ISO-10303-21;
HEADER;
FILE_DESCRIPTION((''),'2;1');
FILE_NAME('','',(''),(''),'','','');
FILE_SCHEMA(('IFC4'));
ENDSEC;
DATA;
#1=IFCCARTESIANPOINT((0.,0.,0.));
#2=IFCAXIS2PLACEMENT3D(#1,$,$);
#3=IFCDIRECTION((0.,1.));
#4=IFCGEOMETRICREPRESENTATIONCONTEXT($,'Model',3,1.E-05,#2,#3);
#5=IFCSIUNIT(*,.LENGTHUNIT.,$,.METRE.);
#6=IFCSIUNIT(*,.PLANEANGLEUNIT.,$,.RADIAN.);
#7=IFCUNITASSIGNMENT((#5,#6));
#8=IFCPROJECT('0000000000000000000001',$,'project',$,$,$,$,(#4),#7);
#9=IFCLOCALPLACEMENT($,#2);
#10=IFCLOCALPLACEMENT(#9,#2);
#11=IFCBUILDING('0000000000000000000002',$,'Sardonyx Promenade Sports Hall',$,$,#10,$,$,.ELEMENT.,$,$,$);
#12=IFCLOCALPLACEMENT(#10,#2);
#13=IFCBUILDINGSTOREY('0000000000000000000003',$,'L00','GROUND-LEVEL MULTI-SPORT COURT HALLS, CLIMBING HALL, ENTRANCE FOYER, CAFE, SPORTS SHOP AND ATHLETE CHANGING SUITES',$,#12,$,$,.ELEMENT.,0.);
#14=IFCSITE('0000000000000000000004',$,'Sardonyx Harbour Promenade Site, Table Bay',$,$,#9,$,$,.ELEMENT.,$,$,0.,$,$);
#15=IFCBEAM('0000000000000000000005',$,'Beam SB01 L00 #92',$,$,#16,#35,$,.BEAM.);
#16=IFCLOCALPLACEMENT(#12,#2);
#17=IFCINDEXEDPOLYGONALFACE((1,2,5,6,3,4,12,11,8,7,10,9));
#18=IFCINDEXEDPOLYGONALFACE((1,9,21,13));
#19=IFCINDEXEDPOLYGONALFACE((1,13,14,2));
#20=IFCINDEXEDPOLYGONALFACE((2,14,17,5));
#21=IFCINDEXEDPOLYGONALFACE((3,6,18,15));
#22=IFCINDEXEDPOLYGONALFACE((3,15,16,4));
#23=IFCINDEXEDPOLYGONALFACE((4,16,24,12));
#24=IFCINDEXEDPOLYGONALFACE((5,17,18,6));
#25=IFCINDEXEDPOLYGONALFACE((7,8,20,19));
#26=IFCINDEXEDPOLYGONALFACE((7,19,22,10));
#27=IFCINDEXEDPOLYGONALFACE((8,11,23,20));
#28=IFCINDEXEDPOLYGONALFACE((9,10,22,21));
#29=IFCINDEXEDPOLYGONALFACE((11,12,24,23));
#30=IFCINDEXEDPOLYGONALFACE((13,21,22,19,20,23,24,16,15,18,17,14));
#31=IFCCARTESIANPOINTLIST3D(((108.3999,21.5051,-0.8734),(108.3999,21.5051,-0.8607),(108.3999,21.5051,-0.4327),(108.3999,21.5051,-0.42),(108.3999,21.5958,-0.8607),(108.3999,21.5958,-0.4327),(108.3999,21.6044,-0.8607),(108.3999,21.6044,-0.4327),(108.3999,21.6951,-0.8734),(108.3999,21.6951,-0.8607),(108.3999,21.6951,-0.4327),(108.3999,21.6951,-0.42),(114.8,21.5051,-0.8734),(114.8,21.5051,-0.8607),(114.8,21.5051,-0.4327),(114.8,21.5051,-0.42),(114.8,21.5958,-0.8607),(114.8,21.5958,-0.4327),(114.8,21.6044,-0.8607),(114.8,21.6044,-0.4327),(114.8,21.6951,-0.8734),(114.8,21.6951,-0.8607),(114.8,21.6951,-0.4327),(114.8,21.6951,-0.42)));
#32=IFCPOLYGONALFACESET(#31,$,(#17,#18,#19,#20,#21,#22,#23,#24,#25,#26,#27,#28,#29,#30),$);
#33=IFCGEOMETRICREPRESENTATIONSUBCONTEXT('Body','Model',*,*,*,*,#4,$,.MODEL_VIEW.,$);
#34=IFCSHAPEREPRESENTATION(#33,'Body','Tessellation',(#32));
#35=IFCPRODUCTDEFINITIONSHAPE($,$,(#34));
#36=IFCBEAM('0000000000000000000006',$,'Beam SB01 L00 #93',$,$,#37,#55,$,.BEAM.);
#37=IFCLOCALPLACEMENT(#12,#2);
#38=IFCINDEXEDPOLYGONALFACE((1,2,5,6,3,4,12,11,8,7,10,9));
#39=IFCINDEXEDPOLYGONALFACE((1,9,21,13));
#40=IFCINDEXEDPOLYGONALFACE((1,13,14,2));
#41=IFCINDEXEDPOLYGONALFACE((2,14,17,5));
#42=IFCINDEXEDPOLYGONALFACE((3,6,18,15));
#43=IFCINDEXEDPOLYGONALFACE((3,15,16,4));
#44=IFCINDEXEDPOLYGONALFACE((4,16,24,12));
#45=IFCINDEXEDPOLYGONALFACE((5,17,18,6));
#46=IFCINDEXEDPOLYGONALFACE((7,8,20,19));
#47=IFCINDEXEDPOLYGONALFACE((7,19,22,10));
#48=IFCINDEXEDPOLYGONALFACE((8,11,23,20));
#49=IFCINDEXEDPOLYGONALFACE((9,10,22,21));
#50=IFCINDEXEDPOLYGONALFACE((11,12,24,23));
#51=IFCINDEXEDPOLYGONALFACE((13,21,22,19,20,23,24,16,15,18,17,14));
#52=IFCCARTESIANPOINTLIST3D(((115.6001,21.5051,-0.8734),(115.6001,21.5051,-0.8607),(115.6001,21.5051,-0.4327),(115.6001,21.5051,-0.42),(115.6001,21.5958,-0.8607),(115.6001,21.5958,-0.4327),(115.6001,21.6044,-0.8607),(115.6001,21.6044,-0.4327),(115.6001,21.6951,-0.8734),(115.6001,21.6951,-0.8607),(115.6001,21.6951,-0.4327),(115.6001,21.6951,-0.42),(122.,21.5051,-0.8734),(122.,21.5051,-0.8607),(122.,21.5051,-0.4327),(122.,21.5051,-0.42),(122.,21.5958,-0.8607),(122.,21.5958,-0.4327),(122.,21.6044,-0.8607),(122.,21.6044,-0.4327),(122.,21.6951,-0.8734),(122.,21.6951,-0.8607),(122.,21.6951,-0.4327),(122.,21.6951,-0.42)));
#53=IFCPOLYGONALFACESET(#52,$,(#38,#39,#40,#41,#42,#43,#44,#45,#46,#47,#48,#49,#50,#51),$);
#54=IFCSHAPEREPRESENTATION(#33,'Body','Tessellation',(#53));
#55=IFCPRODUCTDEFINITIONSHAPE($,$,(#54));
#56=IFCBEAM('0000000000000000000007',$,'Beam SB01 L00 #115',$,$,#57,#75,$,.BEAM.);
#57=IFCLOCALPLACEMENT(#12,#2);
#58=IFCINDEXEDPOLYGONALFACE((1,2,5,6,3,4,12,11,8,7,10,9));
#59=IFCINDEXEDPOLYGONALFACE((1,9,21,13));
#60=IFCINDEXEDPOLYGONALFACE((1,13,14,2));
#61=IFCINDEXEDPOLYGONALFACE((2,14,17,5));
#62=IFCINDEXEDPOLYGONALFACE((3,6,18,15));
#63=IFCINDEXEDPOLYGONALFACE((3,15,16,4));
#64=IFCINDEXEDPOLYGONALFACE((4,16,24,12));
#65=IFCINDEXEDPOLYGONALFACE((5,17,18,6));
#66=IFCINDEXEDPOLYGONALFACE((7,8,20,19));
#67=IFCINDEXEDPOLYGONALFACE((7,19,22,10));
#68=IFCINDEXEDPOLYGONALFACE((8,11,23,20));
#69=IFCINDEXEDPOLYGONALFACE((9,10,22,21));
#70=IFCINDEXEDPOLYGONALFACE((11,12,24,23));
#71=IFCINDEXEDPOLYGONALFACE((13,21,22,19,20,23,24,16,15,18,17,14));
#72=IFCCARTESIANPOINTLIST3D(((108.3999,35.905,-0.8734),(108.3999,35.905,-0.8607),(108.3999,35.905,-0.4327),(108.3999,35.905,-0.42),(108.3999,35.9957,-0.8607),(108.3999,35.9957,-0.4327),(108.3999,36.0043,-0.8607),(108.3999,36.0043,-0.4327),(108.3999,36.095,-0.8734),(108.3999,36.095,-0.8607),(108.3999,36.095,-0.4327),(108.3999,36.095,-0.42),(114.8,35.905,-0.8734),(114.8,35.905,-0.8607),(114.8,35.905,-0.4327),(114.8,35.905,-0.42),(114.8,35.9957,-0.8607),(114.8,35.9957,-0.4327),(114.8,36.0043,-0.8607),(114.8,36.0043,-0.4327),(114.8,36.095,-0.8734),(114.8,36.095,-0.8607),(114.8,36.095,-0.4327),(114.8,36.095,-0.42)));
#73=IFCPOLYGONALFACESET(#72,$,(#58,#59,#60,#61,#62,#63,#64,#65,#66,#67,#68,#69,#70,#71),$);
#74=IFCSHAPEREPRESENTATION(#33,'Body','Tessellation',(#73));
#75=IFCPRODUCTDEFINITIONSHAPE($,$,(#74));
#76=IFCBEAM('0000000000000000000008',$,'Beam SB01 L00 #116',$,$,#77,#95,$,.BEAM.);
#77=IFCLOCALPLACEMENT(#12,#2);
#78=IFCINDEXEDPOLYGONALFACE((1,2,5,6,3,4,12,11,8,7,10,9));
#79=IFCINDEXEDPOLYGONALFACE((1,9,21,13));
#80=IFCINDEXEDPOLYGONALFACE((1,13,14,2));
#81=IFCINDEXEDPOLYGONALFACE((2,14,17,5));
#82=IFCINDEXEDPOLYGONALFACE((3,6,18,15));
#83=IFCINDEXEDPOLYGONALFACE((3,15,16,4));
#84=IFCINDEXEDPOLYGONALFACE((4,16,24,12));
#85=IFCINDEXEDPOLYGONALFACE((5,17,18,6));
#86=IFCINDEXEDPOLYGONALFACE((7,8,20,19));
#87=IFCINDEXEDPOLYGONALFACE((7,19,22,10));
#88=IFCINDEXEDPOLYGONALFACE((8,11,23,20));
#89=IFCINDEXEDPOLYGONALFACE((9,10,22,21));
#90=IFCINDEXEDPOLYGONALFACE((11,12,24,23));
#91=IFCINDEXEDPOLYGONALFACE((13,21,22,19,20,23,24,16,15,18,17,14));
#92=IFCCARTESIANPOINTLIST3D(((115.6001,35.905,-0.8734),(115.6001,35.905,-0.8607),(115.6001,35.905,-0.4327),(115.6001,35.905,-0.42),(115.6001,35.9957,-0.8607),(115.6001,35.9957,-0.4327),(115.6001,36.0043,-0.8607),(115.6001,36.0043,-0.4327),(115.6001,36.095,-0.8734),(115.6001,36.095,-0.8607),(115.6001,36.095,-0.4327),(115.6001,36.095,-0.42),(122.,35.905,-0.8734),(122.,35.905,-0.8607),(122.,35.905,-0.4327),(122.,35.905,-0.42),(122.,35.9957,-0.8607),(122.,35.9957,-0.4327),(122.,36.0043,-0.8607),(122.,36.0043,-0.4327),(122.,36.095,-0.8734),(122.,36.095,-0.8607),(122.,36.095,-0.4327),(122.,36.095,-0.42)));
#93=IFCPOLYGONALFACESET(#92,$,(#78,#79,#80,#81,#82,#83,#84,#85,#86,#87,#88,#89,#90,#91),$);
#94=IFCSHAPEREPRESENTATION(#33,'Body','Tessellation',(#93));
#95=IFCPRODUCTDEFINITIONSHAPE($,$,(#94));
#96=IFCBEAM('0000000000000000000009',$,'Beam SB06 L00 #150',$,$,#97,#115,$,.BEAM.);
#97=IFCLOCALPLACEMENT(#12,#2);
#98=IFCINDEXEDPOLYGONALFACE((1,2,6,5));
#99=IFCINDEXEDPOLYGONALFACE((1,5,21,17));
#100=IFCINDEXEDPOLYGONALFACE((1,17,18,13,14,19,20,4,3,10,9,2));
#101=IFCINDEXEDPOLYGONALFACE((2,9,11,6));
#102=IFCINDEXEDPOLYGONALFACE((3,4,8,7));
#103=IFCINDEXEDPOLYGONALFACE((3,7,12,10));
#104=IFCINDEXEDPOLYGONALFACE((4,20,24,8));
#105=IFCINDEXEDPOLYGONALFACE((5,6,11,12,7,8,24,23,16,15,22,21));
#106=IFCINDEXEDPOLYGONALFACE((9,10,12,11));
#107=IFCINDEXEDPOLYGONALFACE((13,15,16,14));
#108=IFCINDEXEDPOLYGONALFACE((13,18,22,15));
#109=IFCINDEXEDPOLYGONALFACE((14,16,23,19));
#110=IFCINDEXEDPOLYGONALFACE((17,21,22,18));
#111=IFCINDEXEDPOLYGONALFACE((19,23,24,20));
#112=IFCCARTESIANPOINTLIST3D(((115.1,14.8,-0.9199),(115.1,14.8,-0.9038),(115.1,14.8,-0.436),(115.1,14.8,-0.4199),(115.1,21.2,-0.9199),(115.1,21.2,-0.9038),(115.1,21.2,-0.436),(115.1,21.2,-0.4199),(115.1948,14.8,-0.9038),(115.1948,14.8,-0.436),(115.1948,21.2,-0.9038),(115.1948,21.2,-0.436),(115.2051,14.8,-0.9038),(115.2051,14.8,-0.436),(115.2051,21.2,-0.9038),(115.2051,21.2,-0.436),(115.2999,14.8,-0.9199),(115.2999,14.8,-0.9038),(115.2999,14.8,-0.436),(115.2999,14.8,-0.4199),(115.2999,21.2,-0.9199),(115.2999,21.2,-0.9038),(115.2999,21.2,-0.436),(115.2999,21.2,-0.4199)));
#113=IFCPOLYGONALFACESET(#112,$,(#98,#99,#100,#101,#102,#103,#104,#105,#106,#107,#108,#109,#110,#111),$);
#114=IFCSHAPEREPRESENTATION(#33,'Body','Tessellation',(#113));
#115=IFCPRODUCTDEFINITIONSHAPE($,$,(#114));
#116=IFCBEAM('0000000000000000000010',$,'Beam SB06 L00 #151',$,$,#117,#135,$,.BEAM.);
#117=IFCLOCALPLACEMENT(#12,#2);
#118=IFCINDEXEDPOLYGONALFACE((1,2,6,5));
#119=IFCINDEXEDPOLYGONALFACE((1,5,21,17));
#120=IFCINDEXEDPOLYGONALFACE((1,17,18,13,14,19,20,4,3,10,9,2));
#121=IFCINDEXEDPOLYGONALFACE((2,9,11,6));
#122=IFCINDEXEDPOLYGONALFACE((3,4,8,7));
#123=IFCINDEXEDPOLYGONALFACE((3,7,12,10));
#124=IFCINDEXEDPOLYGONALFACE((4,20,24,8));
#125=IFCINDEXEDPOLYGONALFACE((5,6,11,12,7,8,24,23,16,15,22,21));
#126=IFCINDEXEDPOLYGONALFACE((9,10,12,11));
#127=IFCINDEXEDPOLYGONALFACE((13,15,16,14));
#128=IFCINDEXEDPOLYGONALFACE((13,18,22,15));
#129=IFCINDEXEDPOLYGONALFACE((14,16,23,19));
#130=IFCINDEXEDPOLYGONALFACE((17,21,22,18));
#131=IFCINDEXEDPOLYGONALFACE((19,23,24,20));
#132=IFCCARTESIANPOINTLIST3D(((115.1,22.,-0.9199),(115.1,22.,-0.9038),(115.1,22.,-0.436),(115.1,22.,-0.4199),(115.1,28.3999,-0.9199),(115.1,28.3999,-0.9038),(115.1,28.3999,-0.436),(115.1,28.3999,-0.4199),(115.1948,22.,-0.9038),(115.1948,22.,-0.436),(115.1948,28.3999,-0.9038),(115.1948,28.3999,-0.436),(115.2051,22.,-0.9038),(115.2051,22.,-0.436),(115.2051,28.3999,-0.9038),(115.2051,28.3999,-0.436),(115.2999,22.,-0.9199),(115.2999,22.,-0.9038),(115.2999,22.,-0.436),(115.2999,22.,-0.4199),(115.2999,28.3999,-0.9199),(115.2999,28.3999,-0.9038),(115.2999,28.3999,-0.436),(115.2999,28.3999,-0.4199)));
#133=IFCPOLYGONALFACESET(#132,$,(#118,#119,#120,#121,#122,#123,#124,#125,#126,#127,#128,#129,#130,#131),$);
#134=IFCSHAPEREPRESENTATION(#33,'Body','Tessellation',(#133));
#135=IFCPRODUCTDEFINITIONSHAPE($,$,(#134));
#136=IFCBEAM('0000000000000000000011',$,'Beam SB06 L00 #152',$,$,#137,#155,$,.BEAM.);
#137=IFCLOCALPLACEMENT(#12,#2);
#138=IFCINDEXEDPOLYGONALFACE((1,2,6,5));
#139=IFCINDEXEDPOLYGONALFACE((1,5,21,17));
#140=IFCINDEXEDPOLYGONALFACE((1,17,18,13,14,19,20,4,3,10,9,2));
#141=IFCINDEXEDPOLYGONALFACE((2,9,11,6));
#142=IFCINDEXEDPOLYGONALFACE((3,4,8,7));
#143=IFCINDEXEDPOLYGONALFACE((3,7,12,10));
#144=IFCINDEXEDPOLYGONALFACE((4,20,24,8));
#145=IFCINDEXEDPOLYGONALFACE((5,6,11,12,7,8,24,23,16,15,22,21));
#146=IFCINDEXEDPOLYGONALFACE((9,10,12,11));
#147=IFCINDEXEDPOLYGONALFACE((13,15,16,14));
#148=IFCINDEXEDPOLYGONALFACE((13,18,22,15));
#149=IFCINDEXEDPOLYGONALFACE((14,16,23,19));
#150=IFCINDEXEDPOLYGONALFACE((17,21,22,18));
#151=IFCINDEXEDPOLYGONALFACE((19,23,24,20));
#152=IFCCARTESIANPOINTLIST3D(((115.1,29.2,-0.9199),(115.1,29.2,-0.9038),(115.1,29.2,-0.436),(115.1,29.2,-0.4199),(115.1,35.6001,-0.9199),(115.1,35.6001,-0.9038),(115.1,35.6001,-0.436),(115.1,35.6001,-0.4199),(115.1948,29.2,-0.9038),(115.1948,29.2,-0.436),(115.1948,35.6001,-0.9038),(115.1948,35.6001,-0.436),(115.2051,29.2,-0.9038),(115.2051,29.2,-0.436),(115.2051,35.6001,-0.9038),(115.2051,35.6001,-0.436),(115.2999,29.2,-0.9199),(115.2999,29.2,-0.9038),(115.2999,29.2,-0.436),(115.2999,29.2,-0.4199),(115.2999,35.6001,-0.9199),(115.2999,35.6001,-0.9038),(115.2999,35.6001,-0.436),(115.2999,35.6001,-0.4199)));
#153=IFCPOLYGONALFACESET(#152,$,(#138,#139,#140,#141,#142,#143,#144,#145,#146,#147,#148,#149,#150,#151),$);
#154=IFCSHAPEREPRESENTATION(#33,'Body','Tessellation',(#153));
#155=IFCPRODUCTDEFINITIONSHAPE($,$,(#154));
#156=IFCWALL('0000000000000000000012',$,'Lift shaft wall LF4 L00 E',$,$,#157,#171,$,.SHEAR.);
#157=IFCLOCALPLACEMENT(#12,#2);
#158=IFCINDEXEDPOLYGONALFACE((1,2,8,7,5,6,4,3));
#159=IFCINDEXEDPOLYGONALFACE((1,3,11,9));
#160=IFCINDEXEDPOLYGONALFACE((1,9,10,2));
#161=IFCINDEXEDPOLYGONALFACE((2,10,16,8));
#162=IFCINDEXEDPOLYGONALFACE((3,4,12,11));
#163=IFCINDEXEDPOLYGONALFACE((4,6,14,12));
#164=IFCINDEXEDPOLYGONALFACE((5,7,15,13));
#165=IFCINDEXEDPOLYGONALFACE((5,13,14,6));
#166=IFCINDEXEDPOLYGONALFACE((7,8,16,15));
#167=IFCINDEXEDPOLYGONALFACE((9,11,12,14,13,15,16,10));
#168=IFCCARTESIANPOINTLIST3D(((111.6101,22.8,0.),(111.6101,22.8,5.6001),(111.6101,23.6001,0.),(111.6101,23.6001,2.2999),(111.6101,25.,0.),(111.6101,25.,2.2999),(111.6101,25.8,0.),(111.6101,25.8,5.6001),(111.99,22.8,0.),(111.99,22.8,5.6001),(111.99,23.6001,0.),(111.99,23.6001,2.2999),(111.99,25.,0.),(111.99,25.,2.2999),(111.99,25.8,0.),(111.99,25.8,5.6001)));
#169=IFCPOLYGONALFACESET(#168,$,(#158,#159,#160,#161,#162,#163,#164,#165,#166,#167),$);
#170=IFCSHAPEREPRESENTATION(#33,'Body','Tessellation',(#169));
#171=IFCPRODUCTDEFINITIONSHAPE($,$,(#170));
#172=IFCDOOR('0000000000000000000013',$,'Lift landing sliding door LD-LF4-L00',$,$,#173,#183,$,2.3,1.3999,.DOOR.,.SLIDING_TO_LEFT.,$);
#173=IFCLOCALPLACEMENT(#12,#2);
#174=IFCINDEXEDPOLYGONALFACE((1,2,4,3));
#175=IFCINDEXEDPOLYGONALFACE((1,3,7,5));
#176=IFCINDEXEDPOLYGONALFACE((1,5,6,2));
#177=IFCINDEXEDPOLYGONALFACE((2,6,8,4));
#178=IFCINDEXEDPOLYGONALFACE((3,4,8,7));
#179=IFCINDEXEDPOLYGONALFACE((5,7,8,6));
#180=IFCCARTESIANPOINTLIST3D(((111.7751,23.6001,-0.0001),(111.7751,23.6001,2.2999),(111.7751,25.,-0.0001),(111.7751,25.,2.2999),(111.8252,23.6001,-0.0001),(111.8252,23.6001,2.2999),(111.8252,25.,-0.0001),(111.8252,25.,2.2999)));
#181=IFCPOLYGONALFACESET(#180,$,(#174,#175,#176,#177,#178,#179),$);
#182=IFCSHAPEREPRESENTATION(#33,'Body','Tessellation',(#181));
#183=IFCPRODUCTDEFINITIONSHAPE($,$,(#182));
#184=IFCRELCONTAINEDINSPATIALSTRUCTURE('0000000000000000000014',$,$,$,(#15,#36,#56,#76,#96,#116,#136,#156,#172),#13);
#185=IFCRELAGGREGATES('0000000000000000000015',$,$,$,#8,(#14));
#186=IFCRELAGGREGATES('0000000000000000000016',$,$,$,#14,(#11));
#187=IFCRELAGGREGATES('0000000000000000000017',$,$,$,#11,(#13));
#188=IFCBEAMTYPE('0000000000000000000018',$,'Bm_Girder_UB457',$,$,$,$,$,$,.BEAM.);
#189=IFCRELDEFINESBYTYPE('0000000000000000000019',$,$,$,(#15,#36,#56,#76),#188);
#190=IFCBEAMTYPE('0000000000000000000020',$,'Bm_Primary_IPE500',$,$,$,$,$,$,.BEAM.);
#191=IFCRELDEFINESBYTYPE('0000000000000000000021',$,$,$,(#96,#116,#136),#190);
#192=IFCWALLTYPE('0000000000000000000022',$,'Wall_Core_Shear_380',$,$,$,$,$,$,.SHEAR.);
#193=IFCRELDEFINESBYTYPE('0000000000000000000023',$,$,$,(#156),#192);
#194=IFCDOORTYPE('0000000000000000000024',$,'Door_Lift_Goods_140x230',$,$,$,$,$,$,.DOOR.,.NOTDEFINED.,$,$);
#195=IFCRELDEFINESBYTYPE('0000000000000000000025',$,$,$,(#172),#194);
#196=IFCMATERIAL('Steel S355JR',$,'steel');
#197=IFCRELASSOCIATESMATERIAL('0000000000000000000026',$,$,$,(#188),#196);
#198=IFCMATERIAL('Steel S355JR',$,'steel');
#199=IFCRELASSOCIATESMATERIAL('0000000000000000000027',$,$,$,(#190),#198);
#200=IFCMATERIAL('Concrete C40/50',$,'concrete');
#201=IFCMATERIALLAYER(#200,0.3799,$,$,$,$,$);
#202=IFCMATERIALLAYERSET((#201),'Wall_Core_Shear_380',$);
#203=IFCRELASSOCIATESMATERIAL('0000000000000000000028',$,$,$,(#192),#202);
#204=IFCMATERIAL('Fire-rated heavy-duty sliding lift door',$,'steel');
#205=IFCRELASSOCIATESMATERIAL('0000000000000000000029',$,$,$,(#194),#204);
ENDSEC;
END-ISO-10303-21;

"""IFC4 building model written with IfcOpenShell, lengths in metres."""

from ifc_helpers import new_model, si_unit, direction, frame, frame_2d, origin, origin_2d, place, context, subcontext, project, spatial, rectangle, i_section, extrude, material, layer, layer_set, material_profile, profile_set, type_object, element, fill, save


model = new_model("IFC4")

# Units and contexts
model_context = context("Model", 3, precision=1e-05, world=origin(), true_north=direction((0.0, 1.0)))
body_context = subcontext(model_context, "Body", "Model", "MODEL_VIEW")
ifc_project = project(units=[si_unit("LENGTHUNIT", "METRE"), si_unit("PLANEANGLEUNIT", "RADIAN")], contexts=[model_context])

# Site, building, storey
site_placement = place(None, origin())
site = spatial("IfcSite", under=ifc_project, at=site_placement, Name="Sardonyx Harbour Promenade Site, Table Bay", CompositionType="ELEMENT", RefElevation=0.0)
building_placement = place(site_placement, origin())
building = spatial("IfcBuilding", under=site, at=building_placement, Name="Sardonyx Promenade Sports Hall", CompositionType="ELEMENT")
storey_placement = place(building_placement, origin())
storey = spatial("IfcBuildingStorey", under=building, at=storey_placement, Name="L00", Description="GROUND-LEVEL MULTI-SPORT COURT HALLS, CLIMBING HALL, ENTRANCE FOYER, CAFE, SPORTS SHOP AND ATHLETE CHANGING SUITES", CompositionType="ELEMENT", Elevation=0.0)

# Beams
ifc_material_1 = material(Name="Steel S355JR", Category="steel")
ifc_material_profile_1 = material_profile(ifc_material_1, i_section(OverallWidth=0.1899, OverallDepth=0.4534, WebThickness=0.0085, FlangeThickness=0.0127, at=origin_2d()))
ifc_profile_set_1 = profile_set([ifc_material_profile_1], Name="Steel S355JR")
beam_type_1 = type_object("IfcBeamType", Name="Bm_Girder_UB457", PredefinedType="BEAM", material=ifc_profile_set_1)
beam_1_placement = place(storey_placement, frame((108.3999, 21.6001, -0.6467), z_axis=(1.0, 0.0, 0.0), x_axis=(0.0, 1.0, 0.0)))
element("IfcBeam", 1, at=beam_1_placement, inside=storey, type_object=beam_type_1, Name="Beam SB01 L00 #92", PredefinedType="BEAM", context=body_context, shape_type="SweptSolid", body=[
    extrude(i_section(OverallWidth=0.1899, OverallDepth=0.4534, WebThickness=0.0085, FlangeThickness=0.0127, at=origin_2d()), origin(), (0.0, 0.0, 1.0), 6.4001),
])
beam_2_placement = place(storey_placement, frame((115.6001, 21.6001, -0.6467), z_axis=(1.0, 0.0, 0.0), x_axis=(0.0, 1.0, 0.0)))
element("IfcBeam", 2, at=beam_2_placement, inside=storey, type_object=beam_type_1, Name="Beam SB01 L00 #93", PredefinedType="BEAM", context=body_context, shape_type="SweptSolid", body=[
    extrude(i_section(OverallWidth=0.1899, OverallDepth=0.4534, WebThickness=0.0085, FlangeThickness=0.0127, at=origin_2d()), origin(), (0.0, 0.0, 1.0), 6.3999),
])
beam_3_placement = place(storey_placement, frame((108.3999, 36.0, -0.6467), z_axis=(1.0, 0.0, 0.0), x_axis=(0.0, 1.0, 0.0)))
element("IfcBeam", 3, at=beam_3_placement, inside=storey, type_object=beam_type_1, Name="Beam SB01 L00 #115", PredefinedType="BEAM", context=body_context, shape_type="SweptSolid", body=[
    extrude(i_section(OverallWidth=0.1899, OverallDepth=0.4534, WebThickness=0.0085, FlangeThickness=0.0127, at=origin_2d()), origin(), (0.0, 0.0, 1.0), 6.4001),
])
beam_4_placement = place(storey_placement, frame((115.6001, 36.0, -0.6467), z_axis=(1.0, 0.0, 0.0), x_axis=(0.0, 1.0, 0.0)))
element("IfcBeam", 4, at=beam_4_placement, inside=storey, type_object=beam_type_1, Name="Beam SB01 L00 #116", PredefinedType="BEAM", context=body_context, shape_type="SweptSolid", body=[
    extrude(i_section(OverallWidth=0.1899, OverallDepth=0.4534, WebThickness=0.0085, FlangeThickness=0.0127, at=origin_2d()), origin(), (0.0, 0.0, 1.0), 6.3999),
])
ifc_material_2 = material(Name="Steel S355JR", Category="steel")
ifc_material_profile_2 = material_profile(ifc_material_2, i_section(OverallWidth=0.2, OverallDepth=0.5, WebThickness=0.0103, FlangeThickness=0.0161, at=origin_2d()))
ifc_profile_set_2 = profile_set([ifc_material_profile_2], Name="Steel S355JR")
beam_type_2 = type_object("IfcBeamType", Name="Bm_Primary_IPE500", PredefinedType="BEAM", material=ifc_profile_set_2)
for number, where, z_axis, x_axis, name in (
    (5, (115.2, 14.8, -0.6699), (0.0, 1.0, 0.0), (-1.0, 0.0, 0.0), "Beam SB06 L00 #150"),
    (6, (115.2, 22.0, -0.6699), (0.0, 1.0, 0.0), (-1.0, 0.0, 0.0), "Beam SB06 L00 #151"),
):
    element("IfcBeam", number, at=place(storey_placement, frame(where, z_axis=z_axis, x_axis=x_axis)), inside=storey, type_object=beam_type_2, Name=name, PredefinedType="BEAM", context=body_context, shape_type="SweptSolid", body=[
        extrude(i_section(OverallWidth=0.2, OverallDepth=0.5, WebThickness=0.0103, FlangeThickness=0.0161, at=origin_2d()), origin(), (0.0, 0.0, 1.0), 6.3999),
    ])
beam_5_placement = place(storey_placement, frame((115.2, 29.2, -0.6699), z_axis=(0.0, 1.0, 0.0), x_axis=(-1.0, 0.0, 0.0)))
element("IfcBeam", 7, at=beam_5_placement, inside=storey, type_object=beam_type_2, Name="Beam SB06 L00 #152", PredefinedType="BEAM", context=body_context, shape_type="SweptSolid", body=[
    extrude(i_section(OverallWidth=0.2, OverallDepth=0.5, WebThickness=0.0103, FlangeThickness=0.0161, at=origin_2d()), origin(), (0.0, 0.0, 1.0), 6.4001),
])

# Wall, opening, door
ifc_material_3 = material(Name="Concrete C40/50", Category="concrete")
ifc_layer_1 = layer(ifc_material_3, 0.3799)
ifc_layer_set_1 = layer_set([ifc_layer_1], Name="Wall_Core_Shear_380")
wall_type_1 = type_object("IfcWallType", Name="Wall_Core_Shear_380", PredefinedType="SHEAR", material=ifc_layer_set_1)
wall_1_placement = place(storey_placement, frame((111.8, 22.8, 0.0), z_axis=(0.0, 0.0, 1.0), x_axis=(0.0, 1.0, 0.0)))
wall_1 = element("IfcWall", 8, at=wall_1_placement, inside=storey, type_object=wall_type_1, Name="Lift shaft wall LF4 L00 E", PredefinedType="SHEAR", context=body_context, shape_type="SweptSolid", body=[
    extrude(rectangle(XDim=3.0, YDim=0.3799, at=frame_2d((1.5, 0.0))), origin(), (0.0, 0.0, 1.0), 5.6001),
])
opening_1_placement = place(wall_1_placement, frame((0.8, 0.0, 0.0)))
opening_1 = element("IfcOpeningElement", 9, at=opening_1_placement, cuts=wall_1, PredefinedType="OPENING", context=body_context, shape_type="SweptSolid", body=[
    extrude(rectangle(XDim=1.3999, YDim=2.3, at=frame_2d((0.7, 1.1499))), frame((0.0, 0.2, 0.0), z_axis=(0.0, -1.0, 0.0), x_axis=(1.0, 0.0, 0.0)), (0.0, 0.0, 1.0), 0.4),
])
ifc_material_4 = material(Name="Fire-rated heavy-duty sliding lift door", Category="steel")
door_type_1 = type_object("IfcDoorType", Name="Door_Lift_Goods_140x230", OperationType="NOTDEFINED", PredefinedType="DOOR", material=ifc_material_4)
door_1_placement = place(opening_1_placement, origin())
door_1 = element("IfcDoor", 10, at=door_1_placement, inside=storey, type_object=door_type_1, Name="Lift landing sliding door LD-LF4-L00", OperationType="SLIDING_TO_LEFT", OverallHeight=2.3, OverallWidth=1.3999, PredefinedType="DOOR", context=body_context, shape_type="SweptSolid", body=[
    extrude(rectangle(XDim=1.3999, YDim=2.3, at=frame_2d((0.7, 1.1499))), frame((0.0, 0.0249, 0.0), z_axis=(0.0, -1.0, 0.0), x_axis=(1.0, 0.0, 0.0)), (0.0, 0.0, 1.0), 0.05),
])
fill(opening_1, door_1)

save(model, "model.ifc")
